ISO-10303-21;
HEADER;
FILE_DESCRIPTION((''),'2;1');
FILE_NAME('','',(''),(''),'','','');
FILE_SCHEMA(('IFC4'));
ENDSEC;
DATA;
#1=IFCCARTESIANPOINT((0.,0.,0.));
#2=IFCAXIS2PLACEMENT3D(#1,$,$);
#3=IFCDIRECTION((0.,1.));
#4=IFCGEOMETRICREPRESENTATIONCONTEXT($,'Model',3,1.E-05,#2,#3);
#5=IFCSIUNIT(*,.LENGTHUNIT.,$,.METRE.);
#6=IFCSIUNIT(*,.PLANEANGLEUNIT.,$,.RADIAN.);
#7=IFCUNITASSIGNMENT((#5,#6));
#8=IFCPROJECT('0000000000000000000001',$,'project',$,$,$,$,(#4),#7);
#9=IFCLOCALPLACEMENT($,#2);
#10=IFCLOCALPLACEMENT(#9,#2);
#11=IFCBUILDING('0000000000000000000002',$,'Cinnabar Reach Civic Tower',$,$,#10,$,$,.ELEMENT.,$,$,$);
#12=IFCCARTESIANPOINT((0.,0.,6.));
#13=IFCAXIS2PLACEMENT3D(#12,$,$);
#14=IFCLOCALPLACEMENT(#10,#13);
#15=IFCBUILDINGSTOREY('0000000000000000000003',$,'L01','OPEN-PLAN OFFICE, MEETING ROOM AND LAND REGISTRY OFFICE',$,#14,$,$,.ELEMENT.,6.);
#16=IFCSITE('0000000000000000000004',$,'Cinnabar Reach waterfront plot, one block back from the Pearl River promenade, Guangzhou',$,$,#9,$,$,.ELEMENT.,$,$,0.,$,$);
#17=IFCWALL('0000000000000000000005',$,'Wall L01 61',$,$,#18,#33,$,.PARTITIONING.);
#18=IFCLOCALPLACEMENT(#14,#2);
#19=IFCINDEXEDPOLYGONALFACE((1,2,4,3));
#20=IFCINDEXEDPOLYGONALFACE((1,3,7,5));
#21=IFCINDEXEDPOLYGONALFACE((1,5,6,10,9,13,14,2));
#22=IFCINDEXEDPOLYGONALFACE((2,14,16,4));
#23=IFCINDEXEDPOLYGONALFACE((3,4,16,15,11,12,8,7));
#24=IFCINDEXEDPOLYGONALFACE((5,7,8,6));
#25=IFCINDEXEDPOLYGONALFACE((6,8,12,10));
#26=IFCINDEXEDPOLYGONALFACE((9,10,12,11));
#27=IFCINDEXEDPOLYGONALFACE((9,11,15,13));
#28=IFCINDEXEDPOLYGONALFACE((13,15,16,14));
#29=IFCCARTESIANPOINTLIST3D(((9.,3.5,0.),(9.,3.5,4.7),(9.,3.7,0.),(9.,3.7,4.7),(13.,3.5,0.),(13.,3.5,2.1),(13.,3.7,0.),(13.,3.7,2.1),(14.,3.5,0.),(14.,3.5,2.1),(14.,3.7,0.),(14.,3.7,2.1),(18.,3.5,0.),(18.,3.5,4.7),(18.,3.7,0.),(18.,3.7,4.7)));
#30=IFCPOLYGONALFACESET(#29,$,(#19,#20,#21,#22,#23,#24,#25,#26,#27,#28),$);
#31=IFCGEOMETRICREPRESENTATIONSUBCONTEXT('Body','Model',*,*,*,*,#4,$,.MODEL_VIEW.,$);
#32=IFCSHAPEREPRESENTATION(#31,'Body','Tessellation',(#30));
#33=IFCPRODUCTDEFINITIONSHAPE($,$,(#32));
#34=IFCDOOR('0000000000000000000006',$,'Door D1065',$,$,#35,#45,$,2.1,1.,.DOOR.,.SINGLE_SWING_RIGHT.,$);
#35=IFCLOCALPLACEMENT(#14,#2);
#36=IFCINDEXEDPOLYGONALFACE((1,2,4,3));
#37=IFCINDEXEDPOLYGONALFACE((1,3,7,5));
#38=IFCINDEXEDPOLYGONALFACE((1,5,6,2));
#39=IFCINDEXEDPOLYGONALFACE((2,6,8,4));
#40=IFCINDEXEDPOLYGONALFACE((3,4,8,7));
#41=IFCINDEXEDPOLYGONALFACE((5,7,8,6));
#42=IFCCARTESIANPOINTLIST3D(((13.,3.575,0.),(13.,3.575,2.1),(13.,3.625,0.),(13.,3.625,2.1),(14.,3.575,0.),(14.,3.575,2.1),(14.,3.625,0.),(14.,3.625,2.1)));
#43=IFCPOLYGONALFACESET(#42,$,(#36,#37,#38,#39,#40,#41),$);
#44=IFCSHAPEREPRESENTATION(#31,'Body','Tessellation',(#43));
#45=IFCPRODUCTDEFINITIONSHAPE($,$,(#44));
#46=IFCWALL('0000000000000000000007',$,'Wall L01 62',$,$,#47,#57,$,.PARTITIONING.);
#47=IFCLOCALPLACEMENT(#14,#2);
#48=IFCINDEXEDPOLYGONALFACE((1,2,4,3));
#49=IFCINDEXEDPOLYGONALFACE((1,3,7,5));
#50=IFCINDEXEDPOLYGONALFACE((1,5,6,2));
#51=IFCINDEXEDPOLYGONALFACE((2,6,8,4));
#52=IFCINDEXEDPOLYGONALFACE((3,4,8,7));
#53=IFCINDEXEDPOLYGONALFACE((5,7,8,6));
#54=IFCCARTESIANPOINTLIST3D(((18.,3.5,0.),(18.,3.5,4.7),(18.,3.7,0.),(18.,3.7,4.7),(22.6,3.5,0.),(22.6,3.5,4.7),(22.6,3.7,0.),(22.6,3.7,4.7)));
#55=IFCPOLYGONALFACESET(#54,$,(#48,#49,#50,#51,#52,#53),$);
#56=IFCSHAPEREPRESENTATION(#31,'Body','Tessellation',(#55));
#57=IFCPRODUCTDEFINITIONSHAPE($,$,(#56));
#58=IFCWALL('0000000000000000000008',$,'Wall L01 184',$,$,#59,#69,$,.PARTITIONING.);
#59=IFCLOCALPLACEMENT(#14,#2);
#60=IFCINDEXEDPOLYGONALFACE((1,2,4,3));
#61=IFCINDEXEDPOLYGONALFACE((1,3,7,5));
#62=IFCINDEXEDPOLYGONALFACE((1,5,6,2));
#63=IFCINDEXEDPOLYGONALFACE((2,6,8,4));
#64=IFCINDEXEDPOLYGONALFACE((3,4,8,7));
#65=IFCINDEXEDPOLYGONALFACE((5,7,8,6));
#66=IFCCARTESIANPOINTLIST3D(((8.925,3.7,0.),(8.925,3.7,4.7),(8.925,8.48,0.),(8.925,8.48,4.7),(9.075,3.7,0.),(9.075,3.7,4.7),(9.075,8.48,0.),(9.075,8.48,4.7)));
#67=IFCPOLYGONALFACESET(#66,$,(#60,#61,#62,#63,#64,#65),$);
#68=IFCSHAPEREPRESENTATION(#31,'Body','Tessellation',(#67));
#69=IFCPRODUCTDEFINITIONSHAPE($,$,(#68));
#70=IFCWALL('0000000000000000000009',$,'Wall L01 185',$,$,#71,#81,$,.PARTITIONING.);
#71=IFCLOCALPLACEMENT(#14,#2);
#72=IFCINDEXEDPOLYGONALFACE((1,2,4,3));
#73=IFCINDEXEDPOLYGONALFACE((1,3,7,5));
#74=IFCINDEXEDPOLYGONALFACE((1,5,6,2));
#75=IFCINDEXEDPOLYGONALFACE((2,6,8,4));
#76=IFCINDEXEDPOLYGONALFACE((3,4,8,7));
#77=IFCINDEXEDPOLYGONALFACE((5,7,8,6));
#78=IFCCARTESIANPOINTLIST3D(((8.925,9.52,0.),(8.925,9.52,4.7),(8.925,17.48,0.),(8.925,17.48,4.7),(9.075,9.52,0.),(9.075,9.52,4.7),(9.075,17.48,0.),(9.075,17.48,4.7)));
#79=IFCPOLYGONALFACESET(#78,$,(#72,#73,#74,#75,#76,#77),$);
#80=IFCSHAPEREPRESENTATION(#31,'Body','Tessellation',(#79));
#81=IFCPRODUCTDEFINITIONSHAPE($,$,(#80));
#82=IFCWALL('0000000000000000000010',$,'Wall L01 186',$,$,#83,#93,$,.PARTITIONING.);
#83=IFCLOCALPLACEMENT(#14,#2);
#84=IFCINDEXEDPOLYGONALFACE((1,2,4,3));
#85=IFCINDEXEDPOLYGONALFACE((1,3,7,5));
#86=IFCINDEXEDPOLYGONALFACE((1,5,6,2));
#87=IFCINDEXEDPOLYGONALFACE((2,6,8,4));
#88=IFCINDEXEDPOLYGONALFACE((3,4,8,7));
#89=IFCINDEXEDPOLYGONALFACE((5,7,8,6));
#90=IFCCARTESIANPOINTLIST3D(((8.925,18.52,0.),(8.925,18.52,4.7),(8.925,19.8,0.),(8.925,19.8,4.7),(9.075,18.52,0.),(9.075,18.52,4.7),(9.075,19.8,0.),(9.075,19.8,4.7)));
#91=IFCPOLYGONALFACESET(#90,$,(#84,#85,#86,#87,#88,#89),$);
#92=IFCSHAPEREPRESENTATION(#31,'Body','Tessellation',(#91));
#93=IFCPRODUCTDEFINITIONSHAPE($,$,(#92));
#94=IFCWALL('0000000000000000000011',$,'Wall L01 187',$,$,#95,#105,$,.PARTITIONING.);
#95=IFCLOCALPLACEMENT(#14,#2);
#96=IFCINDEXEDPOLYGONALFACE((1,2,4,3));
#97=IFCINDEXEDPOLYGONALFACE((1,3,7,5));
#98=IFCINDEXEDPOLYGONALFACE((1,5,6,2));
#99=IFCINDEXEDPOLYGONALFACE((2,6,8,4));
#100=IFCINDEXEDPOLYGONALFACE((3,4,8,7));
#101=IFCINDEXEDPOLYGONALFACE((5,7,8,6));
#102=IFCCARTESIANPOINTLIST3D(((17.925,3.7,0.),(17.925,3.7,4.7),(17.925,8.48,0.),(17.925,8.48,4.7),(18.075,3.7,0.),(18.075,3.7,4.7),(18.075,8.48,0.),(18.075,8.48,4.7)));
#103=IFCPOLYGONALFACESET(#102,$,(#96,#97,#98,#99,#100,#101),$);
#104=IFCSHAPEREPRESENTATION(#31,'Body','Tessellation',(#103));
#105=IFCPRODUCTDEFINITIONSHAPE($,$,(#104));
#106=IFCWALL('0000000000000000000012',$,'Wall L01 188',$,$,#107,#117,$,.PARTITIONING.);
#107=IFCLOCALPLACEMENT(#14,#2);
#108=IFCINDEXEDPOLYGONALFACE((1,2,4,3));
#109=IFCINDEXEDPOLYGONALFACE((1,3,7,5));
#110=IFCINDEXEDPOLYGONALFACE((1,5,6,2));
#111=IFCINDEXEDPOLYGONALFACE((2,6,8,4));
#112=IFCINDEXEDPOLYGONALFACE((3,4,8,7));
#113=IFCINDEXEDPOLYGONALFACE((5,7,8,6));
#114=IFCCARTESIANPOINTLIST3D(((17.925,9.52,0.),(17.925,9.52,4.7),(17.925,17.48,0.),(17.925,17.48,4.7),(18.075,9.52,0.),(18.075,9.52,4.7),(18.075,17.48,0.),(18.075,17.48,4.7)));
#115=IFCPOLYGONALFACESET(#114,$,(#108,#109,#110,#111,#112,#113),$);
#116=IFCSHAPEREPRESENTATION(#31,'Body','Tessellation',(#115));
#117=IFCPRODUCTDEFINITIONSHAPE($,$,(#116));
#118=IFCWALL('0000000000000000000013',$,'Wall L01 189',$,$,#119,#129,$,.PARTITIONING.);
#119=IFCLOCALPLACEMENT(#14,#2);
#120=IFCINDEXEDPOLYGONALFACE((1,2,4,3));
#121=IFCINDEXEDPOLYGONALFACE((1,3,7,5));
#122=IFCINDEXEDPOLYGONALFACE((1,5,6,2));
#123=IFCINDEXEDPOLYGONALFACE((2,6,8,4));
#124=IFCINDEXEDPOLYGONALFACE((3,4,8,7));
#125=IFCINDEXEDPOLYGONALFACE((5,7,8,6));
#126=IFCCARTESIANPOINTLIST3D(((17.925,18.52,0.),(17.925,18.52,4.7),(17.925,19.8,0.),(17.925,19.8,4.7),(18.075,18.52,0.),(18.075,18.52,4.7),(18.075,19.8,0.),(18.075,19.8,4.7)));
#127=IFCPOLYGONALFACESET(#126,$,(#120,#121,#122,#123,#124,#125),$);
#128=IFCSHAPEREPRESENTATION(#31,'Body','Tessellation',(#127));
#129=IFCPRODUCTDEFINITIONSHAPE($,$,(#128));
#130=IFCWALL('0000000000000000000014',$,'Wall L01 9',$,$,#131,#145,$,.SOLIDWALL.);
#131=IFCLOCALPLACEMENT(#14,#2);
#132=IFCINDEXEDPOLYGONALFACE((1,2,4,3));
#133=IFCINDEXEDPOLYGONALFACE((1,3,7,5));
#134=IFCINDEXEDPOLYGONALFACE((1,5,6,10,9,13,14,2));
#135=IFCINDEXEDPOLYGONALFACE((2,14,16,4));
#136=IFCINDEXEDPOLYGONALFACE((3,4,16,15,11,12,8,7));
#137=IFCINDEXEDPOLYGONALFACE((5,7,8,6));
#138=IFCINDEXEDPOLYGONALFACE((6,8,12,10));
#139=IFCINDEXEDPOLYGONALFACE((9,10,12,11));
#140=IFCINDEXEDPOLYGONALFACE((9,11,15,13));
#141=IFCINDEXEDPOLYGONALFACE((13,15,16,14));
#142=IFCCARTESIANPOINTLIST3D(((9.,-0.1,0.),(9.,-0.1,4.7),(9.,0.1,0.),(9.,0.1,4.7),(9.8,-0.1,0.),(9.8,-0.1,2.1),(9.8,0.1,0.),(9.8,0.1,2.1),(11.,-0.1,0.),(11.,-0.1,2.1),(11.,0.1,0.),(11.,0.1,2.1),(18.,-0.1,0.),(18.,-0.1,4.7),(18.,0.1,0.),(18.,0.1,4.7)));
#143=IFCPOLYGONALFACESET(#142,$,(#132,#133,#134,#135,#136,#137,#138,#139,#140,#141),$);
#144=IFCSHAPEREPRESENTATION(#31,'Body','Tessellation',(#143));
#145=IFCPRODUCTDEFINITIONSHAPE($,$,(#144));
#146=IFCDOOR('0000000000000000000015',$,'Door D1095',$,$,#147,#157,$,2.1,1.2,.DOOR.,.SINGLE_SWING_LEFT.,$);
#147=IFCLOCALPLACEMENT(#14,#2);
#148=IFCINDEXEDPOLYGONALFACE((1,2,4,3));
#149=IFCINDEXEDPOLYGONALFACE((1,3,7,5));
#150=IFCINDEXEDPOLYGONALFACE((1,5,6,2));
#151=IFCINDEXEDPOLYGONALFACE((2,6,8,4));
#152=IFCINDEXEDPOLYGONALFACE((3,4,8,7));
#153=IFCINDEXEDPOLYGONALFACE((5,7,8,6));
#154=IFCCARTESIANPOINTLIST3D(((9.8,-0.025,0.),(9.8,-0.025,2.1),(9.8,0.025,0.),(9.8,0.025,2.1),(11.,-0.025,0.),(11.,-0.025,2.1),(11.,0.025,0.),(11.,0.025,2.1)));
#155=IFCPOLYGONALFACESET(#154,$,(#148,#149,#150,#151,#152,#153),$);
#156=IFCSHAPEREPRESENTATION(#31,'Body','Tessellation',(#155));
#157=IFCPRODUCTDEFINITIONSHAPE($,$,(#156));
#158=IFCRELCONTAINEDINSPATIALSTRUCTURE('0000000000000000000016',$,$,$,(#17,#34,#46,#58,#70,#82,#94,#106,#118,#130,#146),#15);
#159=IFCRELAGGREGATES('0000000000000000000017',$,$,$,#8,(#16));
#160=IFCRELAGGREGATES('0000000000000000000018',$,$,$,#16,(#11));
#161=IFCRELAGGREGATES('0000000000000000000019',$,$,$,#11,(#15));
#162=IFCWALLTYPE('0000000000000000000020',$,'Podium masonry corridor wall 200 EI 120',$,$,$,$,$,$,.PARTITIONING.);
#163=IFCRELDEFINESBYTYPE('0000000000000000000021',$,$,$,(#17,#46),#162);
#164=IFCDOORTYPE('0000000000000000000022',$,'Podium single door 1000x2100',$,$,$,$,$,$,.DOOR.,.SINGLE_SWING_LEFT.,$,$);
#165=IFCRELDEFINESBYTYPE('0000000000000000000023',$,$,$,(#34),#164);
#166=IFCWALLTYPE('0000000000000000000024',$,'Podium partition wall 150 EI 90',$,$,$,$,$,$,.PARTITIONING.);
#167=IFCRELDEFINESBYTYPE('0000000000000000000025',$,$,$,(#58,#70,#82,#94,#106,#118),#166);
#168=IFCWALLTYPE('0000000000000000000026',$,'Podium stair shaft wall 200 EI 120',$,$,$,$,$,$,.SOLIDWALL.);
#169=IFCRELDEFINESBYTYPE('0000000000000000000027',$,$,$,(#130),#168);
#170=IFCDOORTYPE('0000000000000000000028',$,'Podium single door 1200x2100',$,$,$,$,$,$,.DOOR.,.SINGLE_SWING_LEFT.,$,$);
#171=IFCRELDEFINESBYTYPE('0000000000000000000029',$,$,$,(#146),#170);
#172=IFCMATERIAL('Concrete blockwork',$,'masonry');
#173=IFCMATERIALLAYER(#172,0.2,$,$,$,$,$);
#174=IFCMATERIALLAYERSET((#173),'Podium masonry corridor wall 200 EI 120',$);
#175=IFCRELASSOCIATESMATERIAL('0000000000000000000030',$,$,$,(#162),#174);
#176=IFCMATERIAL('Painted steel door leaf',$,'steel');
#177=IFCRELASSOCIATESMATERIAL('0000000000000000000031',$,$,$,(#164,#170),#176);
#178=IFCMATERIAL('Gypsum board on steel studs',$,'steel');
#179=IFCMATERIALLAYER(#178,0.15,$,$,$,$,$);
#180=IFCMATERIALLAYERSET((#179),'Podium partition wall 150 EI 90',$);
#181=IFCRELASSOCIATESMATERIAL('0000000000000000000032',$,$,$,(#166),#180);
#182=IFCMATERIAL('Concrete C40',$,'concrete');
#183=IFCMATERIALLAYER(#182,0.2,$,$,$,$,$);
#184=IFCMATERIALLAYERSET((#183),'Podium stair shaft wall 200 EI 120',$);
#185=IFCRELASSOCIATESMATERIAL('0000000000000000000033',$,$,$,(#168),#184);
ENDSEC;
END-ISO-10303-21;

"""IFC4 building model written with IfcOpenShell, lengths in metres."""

from ifc_helpers import new_model, si_unit, direction, frame, frame_2d, origin, place, context, subcontext, project, spatial, rectangle, extrude, material, layer, layer_set, type_object, element, fill, save


model = new_model("IFC4")

# Units and contexts
model_context = context("Model", 3, precision=1e-05, world=origin(), true_north=direction((0.0, 1.0)))
body_context = subcontext(model_context, "Body", "Model", "MODEL_VIEW")
ifc_project = project(units=[si_unit("LENGTHUNIT", "METRE"), si_unit("PLANEANGLEUNIT", "RADIAN")], contexts=[model_context])

# Site, building, storey
site_placement = place(None, origin())
site = spatial("IfcSite", under=ifc_project, at=site_placement, Name="Cinnabar Reach waterfront plot, one block back from the Pearl River promenade, Guangzhou", CompositionType="ELEMENT", RefElevation=0.0)
building_placement = place(site_placement, origin())
building = spatial("IfcBuilding", under=site, at=building_placement, Name="Cinnabar Reach Civic Tower", CompositionType="ELEMENT")
storey_placement = place(building_placement, frame((0.0, 0.0, 6.0)))
storey = spatial("IfcBuildingStorey", under=building, at=storey_placement, Name="L01", Description="OPEN-PLAN OFFICE, MEETING ROOM AND LAND REGISTRY OFFICE", CompositionType="ELEMENT", Elevation=6.0)

# Shared definitions
ifc_material_1 = material(Name="Concrete blockwork", Category="masonry")
ifc_layer_1 = layer(ifc_material_1, 0.2)
ifc_layer_set_1 = layer_set([ifc_layer_1], Name="Podium masonry corridor wall 200 EI 120")
wall_type_1 = type_object("IfcWallType", Name="Podium masonry corridor wall 200 EI 120", PredefinedType="PARTITIONING", material=ifc_layer_set_1)
ifc_material_2 = material(Name="Painted steel door leaf", Category="steel")
door_type_1 = type_object("IfcDoorType", Name="Podium single door 1000x2100", OperationType="SINGLE_SWING_LEFT", PredefinedType="DOOR", material=ifc_material_2)

# Wall, opening, door
wall_1_placement = place(storey_placement, frame((9.0, 3.6, 0.0), z_axis=(0.0, 0.0, 1.0), x_axis=(1.0, 0.0, 0.0)))
wall_1 = element("IfcWall", 1, at=wall_1_placement, inside=storey, type_object=wall_type_1, Name="Wall L01 61", PredefinedType="PARTITIONING", context=body_context, shape_type="SweptSolid", body=[
    extrude(rectangle(XDim=9.0, YDim=0.2, at=frame_2d((4.5, 0.0))), origin(), (0.0, 0.0, 1.0), 4.7),
])
opening_1_placement = place(wall_1_placement, frame((4.0, 0.0, 0.0)))
opening_1 = element("IfcOpeningElement", 2, at=opening_1_placement, cuts=wall_1, PredefinedType="OPENING", context=body_context, shape_type="SweptSolid", body=[
    extrude(rectangle(XDim=1.0, YDim=2.1, at=frame_2d((0.5, 1.05))), frame((0.0, 0.11, 0.0), z_axis=(0.0, -1.0, 0.0), x_axis=(1.0, 0.0, 0.0)), (0.0, 0.0, 1.0), 0.22),
])
door_1_placement = place(opening_1_placement, origin())
door_1 = element("IfcDoor", 3, at=door_1_placement, inside=storey, type_object=door_type_1, Name="Door D1065", OperationType="SINGLE_SWING_RIGHT", OverallHeight=2.1, OverallWidth=1.0, PredefinedType="DOOR", context=body_context, shape_type="SweptSolid", body=[
    extrude(rectangle(XDim=1.0, YDim=2.1, at=frame_2d((0.5, 1.05))), frame((0.0, 0.025, 0.0), z_axis=(0.0, -1.0, 0.0), x_axis=(1.0, 0.0, 0.0)), (0.0, 0.0, 1.0), 0.05),
])
fill(opening_1, door_1)

# Walls
wall_2_placement = place(storey_placement, frame((18.0, 3.6, 0.0), z_axis=(0.0, 0.0, 1.0), x_axis=(1.0, 0.0, 0.0)))
element("IfcWall", 4, at=wall_2_placement, inside=storey, type_object=wall_type_1, Name="Wall L01 62", PredefinedType="PARTITIONING", context=body_context, shape_type="SweptSolid", body=[
    extrude(rectangle(XDim=4.6, YDim=0.2, at=frame_2d((2.3, 0.0))), origin(), (0.0, 0.0, 1.0), 4.7),
])
ifc_material_3 = material(Name="Gypsum board on steel studs", Category="steel")
ifc_layer_2 = layer(ifc_material_3, 0.15)
ifc_layer_set_2 = layer_set([ifc_layer_2], Name="Podium partition wall 150 EI 90")
wall_type_2 = type_object("IfcWallType", Name="Podium partition wall 150 EI 90", PredefinedType="PARTITIONING", material=ifc_layer_set_2)
wall_3_placement = place(storey_placement, frame((9.0, 3.7, 0.0), z_axis=(0.0, 0.0, 1.0), x_axis=(0.0, 1.0, 0.0)))
element("IfcWall", 5, at=wall_3_placement, inside=storey, type_object=wall_type_2, Name="Wall L01 184", PredefinedType="PARTITIONING", context=body_context, shape_type="SweptSolid", body=[
    extrude(rectangle(XDim=4.78, YDim=0.15, at=frame_2d((2.39, 0.0))), origin(), (0.0, 0.0, 1.0), 4.7),
])
wall_4_placement = place(storey_placement, frame((9.0, 9.52, 0.0), z_axis=(0.0, 0.0, 1.0), x_axis=(0.0, 1.0, 0.0)))
element("IfcWall", 6, at=wall_4_placement, inside=storey, type_object=wall_type_2, Name="Wall L01 185", PredefinedType="PARTITIONING", context=body_context, shape_type="SweptSolid", body=[
    extrude(rectangle(XDim=7.96, YDim=0.15, at=frame_2d((3.98, 0.0))), origin(), (0.0, 0.0, 1.0), 4.7),
])
wall_5_placement = place(storey_placement, frame((9.0, 18.52, 0.0), z_axis=(0.0, 0.0, 1.0), x_axis=(0.0, 1.0, 0.0)))
element("IfcWall", 7, at=wall_5_placement, inside=storey, type_object=wall_type_2, Name="Wall L01 186", PredefinedType="PARTITIONING", context=body_context, shape_type="SweptSolid", body=[
    extrude(rectangle(XDim=1.28, YDim=0.15, at=frame_2d((0.64, 0.0))), origin(), (0.0, 0.0, 1.0), 4.7),
])
wall_6_placement = place(storey_placement, frame((18.0, 3.7, 0.0), z_axis=(0.0, 0.0, 1.0), x_axis=(0.0, 1.0, 0.0)))
element("IfcWall", 8, at=wall_6_placement, inside=storey, type_object=wall_type_2, Name="Wall L01 187", PredefinedType="PARTITIONING", context=body_context, shape_type="SweptSolid", body=[
    extrude(rectangle(XDim=4.78, YDim=0.15, at=frame_2d((2.39, 0.0))), origin(), (0.0, 0.0, 1.0), 4.7),
])
wall_7_placement = place(storey_placement, frame((18.0, 9.52, 0.0), z_axis=(0.0, 0.0, 1.0), x_axis=(0.0, 1.0, 0.0)))
element("IfcWall", 9, at=wall_7_placement, inside=storey, type_object=wall_type_2, Name="Wall L01 188", PredefinedType="PARTITIONING", context=body_context, shape_type="SweptSolid", body=[
    extrude(rectangle(XDim=7.96, YDim=0.15, at=frame_2d((3.98, 0.0))), origin(), (0.0, 0.0, 1.0), 4.7),
])
wall_8_placement = place(storey_placement, frame((18.0, 18.52, 0.0), z_axis=(0.0, 0.0, 1.0), x_axis=(0.0, 1.0, 0.0)))
element("IfcWall", 10, at=wall_8_placement, inside=storey, type_object=wall_type_2, Name="Wall L01 189", PredefinedType="PARTITIONING", context=body_context, shape_type="SweptSolid", body=[
    extrude(rectangle(XDim=1.28, YDim=0.15, at=frame_2d((0.64, 0.0))), origin(), (0.0, 0.0, 1.0), 4.7),
])

# Wall, opening, door
ifc_material_4 = material(Name="Concrete C40", Category="concrete")
ifc_layer_3 = layer(ifc_material_4, 0.2)
ifc_layer_set_3 = layer_set([ifc_layer_3], Name="Podium stair shaft wall 200 EI 120")
wall_type_3 = type_object("IfcWallType", Name="Podium stair shaft wall 200 EI 120", PredefinedType="SOLIDWALL", material=ifc_layer_set_3)
wall_9_placement = place(storey_placement, frame((9.0, 0.0, 0.0), z_axis=(0.0, 0.0, 1.0), x_axis=(1.0, 0.0, 0.0)))
wall_9 = element("IfcWall", 11, at=wall_9_placement, inside=storey, type_object=wall_type_3, Name="Wall L01 9", PredefinedType="SOLIDWALL", context=body_context, shape_type="SweptSolid", body=[
    extrude(rectangle(XDim=9.0, YDim=0.2, at=frame_2d((4.5, 0.0))), origin(), (0.0, 0.0, 1.0), 4.7),
])
opening_2_placement = place(wall_9_placement, frame((0.8, 0.0, 0.0)))
opening_2 = element("IfcOpeningElement", 12, at=opening_2_placement, cuts=wall_9, PredefinedType="OPENING", context=body_context, shape_type="SweptSolid", body=[
    extrude(rectangle(XDim=1.2, YDim=2.1, at=frame_2d((0.6, 1.05))), frame((0.0, 0.11, 0.0), z_axis=(0.0, -1.0, 0.0), x_axis=(1.0, 0.0, 0.0)), (0.0, 0.0, 1.0), 0.22),
])
door_type_2 = type_object("IfcDoorType", Name="Podium single door 1200x2100", OperationType="SINGLE_SWING_LEFT", PredefinedType="DOOR", material=ifc_material_2)
door_2_placement = place(opening_2_placement, frame((1.2, 0.0, 0.0), z_axis=(0.0, 0.0, 1.0), x_axis=(-1.0, 0.0, 0.0)))
door_2 = element("IfcDoor", 13, at=door_2_placement, inside=storey, type_object=door_type_2, Name="Door D1095", OperationType="SINGLE_SWING_LEFT", OverallHeight=2.1, OverallWidth=1.2, PredefinedType="DOOR", context=body_context, shape_type="SweptSolid", body=[
    extrude(rectangle(XDim=1.2, YDim=2.1, at=frame_2d((0.6, 1.05))), frame((0.0, 0.025, 0.0), z_axis=(0.0, -1.0, 0.0), x_axis=(1.0, 0.0, 0.0)), (0.0, 0.0, 1.0), 0.05),
])
fill(opening_2, door_2)

save(model, "model.ifc")
